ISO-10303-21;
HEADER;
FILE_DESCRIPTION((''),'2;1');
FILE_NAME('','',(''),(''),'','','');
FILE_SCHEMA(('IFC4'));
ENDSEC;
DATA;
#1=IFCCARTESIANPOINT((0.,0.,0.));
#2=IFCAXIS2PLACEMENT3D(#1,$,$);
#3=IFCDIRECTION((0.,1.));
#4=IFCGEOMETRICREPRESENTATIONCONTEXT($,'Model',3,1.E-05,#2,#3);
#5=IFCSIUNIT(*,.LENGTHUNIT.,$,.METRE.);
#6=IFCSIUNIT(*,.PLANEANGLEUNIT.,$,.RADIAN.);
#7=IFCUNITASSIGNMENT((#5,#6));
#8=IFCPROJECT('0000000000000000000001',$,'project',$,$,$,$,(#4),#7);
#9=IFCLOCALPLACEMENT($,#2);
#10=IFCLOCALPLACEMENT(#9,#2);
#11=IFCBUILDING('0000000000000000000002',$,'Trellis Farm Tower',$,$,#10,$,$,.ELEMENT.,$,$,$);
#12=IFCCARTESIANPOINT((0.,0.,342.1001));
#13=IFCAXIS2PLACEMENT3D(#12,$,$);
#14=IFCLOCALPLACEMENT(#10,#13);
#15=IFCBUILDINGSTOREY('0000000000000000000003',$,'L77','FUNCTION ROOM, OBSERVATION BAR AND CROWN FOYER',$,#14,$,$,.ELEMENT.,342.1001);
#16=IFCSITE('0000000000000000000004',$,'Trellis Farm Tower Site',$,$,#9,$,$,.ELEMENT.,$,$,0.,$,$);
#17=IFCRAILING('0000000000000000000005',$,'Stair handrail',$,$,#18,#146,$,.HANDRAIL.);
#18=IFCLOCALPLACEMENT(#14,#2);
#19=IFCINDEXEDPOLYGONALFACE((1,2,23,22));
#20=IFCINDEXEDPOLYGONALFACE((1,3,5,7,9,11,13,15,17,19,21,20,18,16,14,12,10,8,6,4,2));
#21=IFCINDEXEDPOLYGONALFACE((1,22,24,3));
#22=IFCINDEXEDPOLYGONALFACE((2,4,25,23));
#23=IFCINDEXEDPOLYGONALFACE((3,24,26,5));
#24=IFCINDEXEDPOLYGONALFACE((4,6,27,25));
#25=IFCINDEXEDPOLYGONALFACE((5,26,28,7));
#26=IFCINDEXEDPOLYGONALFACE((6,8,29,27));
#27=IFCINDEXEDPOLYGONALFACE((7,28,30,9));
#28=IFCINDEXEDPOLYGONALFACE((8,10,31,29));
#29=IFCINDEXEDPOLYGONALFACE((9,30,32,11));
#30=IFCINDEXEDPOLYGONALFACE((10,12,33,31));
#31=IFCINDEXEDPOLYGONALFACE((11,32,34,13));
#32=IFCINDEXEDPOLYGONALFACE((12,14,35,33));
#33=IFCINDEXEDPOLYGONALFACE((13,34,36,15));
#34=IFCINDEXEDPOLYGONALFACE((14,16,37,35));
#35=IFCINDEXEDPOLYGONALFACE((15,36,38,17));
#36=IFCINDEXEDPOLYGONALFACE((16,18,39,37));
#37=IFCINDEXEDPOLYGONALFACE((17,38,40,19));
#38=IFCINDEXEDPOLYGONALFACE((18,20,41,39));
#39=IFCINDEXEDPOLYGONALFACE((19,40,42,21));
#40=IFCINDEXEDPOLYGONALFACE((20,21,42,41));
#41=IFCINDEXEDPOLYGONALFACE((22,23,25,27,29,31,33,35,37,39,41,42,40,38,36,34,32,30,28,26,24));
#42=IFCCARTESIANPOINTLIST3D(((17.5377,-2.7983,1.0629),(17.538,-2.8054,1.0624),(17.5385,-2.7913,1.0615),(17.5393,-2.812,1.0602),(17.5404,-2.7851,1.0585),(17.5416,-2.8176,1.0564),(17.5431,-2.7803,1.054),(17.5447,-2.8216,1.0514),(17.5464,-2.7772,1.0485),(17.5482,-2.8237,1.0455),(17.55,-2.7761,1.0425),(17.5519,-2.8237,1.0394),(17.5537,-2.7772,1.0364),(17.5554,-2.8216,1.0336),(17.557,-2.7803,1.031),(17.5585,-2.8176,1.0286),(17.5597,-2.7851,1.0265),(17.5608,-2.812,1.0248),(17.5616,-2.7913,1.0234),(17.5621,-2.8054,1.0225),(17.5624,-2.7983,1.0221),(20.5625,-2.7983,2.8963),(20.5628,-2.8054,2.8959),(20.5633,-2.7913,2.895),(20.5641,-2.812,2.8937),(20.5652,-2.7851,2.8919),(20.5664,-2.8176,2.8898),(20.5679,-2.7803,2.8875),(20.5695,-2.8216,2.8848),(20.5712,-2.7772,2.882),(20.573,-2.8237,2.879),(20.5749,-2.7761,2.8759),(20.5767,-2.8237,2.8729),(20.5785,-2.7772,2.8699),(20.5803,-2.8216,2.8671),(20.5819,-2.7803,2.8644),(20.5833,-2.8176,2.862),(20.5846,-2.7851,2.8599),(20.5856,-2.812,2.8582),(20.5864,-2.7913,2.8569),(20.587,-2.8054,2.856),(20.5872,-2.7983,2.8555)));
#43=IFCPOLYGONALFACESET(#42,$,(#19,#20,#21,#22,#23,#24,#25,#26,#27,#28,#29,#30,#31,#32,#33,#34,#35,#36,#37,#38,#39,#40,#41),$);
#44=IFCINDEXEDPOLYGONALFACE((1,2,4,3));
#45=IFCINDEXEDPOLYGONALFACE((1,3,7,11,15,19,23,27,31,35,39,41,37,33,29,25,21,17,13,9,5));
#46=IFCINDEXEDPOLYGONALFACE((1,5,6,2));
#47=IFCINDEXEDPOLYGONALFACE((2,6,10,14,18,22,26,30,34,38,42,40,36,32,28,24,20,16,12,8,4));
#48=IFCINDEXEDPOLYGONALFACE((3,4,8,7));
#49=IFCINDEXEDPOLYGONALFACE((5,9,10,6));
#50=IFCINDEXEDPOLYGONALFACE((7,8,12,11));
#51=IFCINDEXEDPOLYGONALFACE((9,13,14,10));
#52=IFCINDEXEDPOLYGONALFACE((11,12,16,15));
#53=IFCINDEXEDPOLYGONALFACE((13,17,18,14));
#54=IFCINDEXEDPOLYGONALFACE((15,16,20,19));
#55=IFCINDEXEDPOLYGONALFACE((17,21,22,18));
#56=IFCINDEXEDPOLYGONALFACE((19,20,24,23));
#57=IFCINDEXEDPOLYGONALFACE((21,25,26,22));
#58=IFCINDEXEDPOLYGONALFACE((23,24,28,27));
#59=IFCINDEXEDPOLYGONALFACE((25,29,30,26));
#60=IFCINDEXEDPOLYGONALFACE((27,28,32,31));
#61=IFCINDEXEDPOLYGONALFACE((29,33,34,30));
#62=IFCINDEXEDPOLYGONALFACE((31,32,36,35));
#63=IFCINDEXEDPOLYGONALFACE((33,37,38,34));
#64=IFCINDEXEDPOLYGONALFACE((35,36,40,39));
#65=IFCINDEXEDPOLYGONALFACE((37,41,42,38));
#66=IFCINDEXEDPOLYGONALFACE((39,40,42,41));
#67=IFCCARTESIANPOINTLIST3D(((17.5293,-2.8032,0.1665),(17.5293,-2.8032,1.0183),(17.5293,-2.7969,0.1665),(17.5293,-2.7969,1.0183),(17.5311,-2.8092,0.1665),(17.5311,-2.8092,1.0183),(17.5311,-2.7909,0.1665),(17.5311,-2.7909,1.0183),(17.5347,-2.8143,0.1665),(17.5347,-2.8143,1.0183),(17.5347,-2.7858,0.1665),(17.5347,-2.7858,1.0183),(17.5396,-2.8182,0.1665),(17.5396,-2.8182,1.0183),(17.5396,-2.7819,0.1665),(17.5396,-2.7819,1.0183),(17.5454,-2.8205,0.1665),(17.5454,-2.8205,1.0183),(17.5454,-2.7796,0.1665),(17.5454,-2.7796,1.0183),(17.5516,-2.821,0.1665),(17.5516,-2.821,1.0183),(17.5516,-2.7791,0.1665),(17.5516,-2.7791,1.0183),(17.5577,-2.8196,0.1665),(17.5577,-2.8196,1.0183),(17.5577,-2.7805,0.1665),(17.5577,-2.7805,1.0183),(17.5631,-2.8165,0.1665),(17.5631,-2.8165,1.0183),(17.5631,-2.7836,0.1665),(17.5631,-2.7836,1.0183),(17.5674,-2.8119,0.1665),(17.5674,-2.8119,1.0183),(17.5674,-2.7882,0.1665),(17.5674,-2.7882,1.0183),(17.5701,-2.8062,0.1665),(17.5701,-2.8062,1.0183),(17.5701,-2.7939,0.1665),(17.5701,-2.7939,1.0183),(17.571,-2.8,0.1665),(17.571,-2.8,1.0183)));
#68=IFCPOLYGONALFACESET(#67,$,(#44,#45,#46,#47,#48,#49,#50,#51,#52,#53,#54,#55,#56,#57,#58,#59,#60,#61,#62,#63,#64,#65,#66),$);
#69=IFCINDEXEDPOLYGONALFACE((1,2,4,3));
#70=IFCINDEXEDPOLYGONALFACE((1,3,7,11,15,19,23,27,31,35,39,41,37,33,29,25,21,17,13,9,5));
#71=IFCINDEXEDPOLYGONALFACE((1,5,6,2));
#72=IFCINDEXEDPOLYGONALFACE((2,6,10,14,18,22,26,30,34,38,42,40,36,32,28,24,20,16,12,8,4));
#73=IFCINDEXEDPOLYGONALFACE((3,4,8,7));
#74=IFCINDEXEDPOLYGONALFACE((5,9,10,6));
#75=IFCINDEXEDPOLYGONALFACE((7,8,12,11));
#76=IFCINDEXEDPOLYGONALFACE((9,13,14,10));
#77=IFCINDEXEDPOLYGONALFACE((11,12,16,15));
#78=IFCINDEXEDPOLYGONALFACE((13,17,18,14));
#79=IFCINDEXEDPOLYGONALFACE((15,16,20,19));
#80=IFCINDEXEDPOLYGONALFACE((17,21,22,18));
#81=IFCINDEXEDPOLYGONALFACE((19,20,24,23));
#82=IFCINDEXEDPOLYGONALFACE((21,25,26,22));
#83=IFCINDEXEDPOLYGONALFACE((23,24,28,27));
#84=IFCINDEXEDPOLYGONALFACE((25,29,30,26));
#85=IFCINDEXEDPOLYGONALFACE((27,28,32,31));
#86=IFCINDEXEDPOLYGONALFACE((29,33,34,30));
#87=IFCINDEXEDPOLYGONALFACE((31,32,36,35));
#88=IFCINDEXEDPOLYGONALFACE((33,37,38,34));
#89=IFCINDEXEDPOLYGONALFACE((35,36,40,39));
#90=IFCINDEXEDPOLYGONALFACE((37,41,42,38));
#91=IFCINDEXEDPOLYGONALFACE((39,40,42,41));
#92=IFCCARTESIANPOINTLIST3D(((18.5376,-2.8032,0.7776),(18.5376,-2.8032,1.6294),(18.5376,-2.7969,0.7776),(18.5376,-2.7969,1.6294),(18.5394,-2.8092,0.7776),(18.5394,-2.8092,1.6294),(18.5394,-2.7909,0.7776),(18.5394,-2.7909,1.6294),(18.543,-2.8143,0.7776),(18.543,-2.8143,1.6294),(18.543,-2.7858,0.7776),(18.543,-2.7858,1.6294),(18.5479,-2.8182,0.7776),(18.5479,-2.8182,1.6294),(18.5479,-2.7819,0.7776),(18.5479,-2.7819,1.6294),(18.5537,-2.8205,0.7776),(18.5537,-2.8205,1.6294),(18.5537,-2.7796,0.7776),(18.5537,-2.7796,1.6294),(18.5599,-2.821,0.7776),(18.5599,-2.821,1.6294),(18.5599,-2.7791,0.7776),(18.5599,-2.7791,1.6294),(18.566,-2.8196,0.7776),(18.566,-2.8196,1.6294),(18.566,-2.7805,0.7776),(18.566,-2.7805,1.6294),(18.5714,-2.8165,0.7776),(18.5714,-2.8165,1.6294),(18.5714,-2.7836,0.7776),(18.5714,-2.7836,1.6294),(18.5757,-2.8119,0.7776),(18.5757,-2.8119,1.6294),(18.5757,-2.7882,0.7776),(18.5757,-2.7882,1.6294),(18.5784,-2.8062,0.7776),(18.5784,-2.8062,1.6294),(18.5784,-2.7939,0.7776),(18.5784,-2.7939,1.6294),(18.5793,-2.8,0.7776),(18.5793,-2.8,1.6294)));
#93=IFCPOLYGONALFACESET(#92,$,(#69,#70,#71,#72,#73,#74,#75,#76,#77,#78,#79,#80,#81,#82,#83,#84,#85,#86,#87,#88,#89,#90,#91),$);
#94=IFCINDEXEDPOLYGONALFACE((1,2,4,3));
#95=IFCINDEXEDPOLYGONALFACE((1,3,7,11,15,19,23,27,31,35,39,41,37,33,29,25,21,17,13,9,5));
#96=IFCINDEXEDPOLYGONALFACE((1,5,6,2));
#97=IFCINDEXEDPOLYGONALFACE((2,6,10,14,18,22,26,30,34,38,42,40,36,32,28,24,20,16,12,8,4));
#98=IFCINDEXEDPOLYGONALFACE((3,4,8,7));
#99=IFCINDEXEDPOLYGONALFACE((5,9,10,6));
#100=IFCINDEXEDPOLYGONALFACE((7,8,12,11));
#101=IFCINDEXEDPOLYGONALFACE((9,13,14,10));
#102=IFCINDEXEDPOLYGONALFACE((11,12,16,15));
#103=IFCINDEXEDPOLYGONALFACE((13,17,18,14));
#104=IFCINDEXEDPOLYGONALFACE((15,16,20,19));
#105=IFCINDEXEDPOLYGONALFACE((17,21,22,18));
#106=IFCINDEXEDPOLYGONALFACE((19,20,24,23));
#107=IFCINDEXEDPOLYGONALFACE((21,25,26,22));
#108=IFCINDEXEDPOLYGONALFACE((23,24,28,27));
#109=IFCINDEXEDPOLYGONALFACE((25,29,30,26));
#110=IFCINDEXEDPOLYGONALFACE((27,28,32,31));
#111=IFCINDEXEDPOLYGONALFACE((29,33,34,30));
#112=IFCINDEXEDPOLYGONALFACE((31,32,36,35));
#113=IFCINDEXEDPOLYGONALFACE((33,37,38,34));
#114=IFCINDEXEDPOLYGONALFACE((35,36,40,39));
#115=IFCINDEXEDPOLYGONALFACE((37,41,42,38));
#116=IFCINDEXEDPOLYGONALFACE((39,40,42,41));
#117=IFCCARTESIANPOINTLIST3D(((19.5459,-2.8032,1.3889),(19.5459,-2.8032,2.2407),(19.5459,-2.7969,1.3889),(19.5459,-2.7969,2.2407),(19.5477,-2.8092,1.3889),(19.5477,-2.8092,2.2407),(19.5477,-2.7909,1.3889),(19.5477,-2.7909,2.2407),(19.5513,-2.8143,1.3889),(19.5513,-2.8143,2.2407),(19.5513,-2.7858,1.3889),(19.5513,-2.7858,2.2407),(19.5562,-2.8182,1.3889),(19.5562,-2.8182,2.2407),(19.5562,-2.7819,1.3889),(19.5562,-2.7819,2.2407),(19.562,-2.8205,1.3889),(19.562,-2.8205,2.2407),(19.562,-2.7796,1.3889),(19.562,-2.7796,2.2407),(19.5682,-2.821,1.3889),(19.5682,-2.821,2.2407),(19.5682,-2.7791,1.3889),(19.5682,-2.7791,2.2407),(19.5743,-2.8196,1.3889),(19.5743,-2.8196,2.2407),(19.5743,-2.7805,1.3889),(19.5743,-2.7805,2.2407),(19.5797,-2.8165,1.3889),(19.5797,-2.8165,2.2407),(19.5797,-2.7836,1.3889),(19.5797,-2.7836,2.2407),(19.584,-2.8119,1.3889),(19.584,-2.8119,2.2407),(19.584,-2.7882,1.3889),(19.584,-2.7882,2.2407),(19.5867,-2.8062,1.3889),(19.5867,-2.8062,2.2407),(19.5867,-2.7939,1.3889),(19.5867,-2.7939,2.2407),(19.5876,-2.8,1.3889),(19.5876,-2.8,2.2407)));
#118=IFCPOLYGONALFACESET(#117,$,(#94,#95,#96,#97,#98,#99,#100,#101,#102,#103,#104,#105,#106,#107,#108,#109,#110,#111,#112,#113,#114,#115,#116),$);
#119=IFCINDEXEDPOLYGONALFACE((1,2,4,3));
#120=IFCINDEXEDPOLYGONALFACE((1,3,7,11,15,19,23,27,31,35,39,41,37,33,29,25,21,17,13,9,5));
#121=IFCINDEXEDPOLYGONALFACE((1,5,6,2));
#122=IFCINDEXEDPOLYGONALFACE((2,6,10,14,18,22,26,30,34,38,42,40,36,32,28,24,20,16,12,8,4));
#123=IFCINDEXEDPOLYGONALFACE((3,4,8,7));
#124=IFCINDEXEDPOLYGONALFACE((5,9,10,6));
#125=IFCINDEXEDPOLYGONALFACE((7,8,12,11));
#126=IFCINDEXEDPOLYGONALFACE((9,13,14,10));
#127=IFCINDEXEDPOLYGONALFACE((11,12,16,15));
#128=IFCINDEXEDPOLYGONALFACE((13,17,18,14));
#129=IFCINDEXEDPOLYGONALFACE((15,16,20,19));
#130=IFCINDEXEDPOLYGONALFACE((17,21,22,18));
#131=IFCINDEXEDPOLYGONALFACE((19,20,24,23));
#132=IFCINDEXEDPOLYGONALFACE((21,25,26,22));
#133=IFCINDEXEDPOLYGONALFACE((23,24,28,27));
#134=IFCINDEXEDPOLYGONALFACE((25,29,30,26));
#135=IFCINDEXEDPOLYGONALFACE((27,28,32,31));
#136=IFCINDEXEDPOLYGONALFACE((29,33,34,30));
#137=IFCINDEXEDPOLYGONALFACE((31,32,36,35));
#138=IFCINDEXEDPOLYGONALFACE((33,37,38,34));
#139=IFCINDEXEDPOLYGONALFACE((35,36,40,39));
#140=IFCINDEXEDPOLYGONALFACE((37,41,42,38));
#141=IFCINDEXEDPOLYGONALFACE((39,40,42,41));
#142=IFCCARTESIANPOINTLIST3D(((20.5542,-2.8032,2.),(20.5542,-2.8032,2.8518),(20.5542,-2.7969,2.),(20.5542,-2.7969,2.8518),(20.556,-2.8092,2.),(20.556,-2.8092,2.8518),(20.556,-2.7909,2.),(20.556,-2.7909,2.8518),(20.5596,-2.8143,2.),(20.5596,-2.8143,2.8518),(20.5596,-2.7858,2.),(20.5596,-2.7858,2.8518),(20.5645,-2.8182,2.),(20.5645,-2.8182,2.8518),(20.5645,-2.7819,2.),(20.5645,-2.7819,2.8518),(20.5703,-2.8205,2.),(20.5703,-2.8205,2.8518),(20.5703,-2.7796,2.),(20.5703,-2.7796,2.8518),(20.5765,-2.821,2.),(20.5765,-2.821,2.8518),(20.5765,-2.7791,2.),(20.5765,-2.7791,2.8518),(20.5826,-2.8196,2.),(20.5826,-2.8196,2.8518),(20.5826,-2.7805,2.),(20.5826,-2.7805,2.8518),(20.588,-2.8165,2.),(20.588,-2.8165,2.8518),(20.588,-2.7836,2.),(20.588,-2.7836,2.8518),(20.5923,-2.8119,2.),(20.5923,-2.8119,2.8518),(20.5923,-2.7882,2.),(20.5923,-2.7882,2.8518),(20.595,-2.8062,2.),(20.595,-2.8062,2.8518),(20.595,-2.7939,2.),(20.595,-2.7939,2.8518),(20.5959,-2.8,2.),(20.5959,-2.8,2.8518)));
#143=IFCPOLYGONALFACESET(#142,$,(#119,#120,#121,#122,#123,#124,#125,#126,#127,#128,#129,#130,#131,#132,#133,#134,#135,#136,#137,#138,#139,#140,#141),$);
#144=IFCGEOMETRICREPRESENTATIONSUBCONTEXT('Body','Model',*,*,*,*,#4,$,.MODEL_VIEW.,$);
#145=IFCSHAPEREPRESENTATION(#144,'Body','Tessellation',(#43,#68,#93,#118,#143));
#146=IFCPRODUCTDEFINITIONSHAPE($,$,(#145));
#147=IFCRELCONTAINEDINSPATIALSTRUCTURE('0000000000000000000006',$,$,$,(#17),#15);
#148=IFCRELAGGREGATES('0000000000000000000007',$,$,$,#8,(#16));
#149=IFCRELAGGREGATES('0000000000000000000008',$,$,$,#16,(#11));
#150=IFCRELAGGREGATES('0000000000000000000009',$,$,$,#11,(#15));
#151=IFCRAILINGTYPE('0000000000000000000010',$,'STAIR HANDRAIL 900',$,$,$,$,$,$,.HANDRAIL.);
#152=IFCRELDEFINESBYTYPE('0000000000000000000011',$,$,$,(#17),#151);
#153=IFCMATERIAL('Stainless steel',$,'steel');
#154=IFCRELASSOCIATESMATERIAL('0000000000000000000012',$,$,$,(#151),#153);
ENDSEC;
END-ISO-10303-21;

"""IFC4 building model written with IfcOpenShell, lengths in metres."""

from ifc_helpers import new_model, si_unit, direction, frame, origin, origin_2d, place, context, subcontext, project, spatial, circle, extrude, source, transform, mapped, material, type_object, element, save


model = new_model("IFC4")

# Units and contexts
model_context = context("Model", 3, precision=1e-05, world=origin(), true_north=direction((0.0, 1.0)))
body_context = subcontext(model_context, "Body", "Model", "MODEL_VIEW")
ifc_project = project(units=[si_unit("LENGTHUNIT", "METRE"), si_unit("PLANEANGLEUNIT", "RADIAN")], contexts=[model_context])

# Site, building, storey
site_placement = place(None, origin())
site = spatial("IfcSite", under=ifc_project, at=site_placement, Name="Trellis Farm Tower Site", CompositionType="ELEMENT", RefElevation=0.0)
building_placement = place(site_placement, origin())
building = spatial("IfcBuilding", under=site, at=building_placement, Name="Trellis Farm Tower", CompositionType="ELEMENT")
storey_placement = place(building_placement, frame((0.0, 0.0, 342.1001)))
storey = spatial("IfcBuildingStorey", under=building, at=storey_placement, Name="L77", Description="FUNCTION ROOM, OBSERVATION BAR AND CROWN FOYER", CompositionType="ELEMENT", Elevation=342.1001)

# Railing
ifc_material_1 = material(Name="Stainless steel", Category="steel")
railing_type = type_object("IfcRailingType", Name="STAIR HANDRAIL 900", PredefinedType="HANDRAIL", material=ifc_material_1)
shared_shape_1 = source(origin(), body_context, "Body", "SweptSolid", [
    extrude(circle(Radius=0.0239, at=origin_2d()), frame((0.0, 0.0, 0.876), z_axis=(0.85517, 0.0, 0.518348), x_axis=(0.0, 1.0, 0.0)), (0.0, 0.0, 1.0), 3.5371),
    extrude(circle(Radius=0.021, at=origin_2d()), origin(), (0.0, 0.0, 1.0), 0.8518),
    extrude(circle(Radius=0.021, at=origin_2d()), frame((1.0083, 0.0, 0.6111)), (0.0, 0.0, 1.0), 0.8518),
    extrude(circle(Radius=0.021, at=origin_2d()), frame((2.0166, 0.0, 1.2224)), (0.0, 0.0, 1.0), 0.8518),
    extrude(circle(Radius=0.021, at=origin_2d()), frame((3.0249, 0.0, 1.8335)), (0.0, 0.0, 1.0), 0.8518),
])
for number, where, name in (
    (1, (17.55, -2.8, 0.1665), "Stair handrail"),
):
    element("IfcRailing", number, at=place(storey_placement, frame(where)), inside=storey, type_object=railing_type, Name=name, PredefinedType="HANDRAIL", context=body_context, shape_type="MappedRepresentation", body=[
        mapped(shared_shape_1, transform((0.0, 0.0, 0.0))),
    ])

save(model, "model.ifc")
